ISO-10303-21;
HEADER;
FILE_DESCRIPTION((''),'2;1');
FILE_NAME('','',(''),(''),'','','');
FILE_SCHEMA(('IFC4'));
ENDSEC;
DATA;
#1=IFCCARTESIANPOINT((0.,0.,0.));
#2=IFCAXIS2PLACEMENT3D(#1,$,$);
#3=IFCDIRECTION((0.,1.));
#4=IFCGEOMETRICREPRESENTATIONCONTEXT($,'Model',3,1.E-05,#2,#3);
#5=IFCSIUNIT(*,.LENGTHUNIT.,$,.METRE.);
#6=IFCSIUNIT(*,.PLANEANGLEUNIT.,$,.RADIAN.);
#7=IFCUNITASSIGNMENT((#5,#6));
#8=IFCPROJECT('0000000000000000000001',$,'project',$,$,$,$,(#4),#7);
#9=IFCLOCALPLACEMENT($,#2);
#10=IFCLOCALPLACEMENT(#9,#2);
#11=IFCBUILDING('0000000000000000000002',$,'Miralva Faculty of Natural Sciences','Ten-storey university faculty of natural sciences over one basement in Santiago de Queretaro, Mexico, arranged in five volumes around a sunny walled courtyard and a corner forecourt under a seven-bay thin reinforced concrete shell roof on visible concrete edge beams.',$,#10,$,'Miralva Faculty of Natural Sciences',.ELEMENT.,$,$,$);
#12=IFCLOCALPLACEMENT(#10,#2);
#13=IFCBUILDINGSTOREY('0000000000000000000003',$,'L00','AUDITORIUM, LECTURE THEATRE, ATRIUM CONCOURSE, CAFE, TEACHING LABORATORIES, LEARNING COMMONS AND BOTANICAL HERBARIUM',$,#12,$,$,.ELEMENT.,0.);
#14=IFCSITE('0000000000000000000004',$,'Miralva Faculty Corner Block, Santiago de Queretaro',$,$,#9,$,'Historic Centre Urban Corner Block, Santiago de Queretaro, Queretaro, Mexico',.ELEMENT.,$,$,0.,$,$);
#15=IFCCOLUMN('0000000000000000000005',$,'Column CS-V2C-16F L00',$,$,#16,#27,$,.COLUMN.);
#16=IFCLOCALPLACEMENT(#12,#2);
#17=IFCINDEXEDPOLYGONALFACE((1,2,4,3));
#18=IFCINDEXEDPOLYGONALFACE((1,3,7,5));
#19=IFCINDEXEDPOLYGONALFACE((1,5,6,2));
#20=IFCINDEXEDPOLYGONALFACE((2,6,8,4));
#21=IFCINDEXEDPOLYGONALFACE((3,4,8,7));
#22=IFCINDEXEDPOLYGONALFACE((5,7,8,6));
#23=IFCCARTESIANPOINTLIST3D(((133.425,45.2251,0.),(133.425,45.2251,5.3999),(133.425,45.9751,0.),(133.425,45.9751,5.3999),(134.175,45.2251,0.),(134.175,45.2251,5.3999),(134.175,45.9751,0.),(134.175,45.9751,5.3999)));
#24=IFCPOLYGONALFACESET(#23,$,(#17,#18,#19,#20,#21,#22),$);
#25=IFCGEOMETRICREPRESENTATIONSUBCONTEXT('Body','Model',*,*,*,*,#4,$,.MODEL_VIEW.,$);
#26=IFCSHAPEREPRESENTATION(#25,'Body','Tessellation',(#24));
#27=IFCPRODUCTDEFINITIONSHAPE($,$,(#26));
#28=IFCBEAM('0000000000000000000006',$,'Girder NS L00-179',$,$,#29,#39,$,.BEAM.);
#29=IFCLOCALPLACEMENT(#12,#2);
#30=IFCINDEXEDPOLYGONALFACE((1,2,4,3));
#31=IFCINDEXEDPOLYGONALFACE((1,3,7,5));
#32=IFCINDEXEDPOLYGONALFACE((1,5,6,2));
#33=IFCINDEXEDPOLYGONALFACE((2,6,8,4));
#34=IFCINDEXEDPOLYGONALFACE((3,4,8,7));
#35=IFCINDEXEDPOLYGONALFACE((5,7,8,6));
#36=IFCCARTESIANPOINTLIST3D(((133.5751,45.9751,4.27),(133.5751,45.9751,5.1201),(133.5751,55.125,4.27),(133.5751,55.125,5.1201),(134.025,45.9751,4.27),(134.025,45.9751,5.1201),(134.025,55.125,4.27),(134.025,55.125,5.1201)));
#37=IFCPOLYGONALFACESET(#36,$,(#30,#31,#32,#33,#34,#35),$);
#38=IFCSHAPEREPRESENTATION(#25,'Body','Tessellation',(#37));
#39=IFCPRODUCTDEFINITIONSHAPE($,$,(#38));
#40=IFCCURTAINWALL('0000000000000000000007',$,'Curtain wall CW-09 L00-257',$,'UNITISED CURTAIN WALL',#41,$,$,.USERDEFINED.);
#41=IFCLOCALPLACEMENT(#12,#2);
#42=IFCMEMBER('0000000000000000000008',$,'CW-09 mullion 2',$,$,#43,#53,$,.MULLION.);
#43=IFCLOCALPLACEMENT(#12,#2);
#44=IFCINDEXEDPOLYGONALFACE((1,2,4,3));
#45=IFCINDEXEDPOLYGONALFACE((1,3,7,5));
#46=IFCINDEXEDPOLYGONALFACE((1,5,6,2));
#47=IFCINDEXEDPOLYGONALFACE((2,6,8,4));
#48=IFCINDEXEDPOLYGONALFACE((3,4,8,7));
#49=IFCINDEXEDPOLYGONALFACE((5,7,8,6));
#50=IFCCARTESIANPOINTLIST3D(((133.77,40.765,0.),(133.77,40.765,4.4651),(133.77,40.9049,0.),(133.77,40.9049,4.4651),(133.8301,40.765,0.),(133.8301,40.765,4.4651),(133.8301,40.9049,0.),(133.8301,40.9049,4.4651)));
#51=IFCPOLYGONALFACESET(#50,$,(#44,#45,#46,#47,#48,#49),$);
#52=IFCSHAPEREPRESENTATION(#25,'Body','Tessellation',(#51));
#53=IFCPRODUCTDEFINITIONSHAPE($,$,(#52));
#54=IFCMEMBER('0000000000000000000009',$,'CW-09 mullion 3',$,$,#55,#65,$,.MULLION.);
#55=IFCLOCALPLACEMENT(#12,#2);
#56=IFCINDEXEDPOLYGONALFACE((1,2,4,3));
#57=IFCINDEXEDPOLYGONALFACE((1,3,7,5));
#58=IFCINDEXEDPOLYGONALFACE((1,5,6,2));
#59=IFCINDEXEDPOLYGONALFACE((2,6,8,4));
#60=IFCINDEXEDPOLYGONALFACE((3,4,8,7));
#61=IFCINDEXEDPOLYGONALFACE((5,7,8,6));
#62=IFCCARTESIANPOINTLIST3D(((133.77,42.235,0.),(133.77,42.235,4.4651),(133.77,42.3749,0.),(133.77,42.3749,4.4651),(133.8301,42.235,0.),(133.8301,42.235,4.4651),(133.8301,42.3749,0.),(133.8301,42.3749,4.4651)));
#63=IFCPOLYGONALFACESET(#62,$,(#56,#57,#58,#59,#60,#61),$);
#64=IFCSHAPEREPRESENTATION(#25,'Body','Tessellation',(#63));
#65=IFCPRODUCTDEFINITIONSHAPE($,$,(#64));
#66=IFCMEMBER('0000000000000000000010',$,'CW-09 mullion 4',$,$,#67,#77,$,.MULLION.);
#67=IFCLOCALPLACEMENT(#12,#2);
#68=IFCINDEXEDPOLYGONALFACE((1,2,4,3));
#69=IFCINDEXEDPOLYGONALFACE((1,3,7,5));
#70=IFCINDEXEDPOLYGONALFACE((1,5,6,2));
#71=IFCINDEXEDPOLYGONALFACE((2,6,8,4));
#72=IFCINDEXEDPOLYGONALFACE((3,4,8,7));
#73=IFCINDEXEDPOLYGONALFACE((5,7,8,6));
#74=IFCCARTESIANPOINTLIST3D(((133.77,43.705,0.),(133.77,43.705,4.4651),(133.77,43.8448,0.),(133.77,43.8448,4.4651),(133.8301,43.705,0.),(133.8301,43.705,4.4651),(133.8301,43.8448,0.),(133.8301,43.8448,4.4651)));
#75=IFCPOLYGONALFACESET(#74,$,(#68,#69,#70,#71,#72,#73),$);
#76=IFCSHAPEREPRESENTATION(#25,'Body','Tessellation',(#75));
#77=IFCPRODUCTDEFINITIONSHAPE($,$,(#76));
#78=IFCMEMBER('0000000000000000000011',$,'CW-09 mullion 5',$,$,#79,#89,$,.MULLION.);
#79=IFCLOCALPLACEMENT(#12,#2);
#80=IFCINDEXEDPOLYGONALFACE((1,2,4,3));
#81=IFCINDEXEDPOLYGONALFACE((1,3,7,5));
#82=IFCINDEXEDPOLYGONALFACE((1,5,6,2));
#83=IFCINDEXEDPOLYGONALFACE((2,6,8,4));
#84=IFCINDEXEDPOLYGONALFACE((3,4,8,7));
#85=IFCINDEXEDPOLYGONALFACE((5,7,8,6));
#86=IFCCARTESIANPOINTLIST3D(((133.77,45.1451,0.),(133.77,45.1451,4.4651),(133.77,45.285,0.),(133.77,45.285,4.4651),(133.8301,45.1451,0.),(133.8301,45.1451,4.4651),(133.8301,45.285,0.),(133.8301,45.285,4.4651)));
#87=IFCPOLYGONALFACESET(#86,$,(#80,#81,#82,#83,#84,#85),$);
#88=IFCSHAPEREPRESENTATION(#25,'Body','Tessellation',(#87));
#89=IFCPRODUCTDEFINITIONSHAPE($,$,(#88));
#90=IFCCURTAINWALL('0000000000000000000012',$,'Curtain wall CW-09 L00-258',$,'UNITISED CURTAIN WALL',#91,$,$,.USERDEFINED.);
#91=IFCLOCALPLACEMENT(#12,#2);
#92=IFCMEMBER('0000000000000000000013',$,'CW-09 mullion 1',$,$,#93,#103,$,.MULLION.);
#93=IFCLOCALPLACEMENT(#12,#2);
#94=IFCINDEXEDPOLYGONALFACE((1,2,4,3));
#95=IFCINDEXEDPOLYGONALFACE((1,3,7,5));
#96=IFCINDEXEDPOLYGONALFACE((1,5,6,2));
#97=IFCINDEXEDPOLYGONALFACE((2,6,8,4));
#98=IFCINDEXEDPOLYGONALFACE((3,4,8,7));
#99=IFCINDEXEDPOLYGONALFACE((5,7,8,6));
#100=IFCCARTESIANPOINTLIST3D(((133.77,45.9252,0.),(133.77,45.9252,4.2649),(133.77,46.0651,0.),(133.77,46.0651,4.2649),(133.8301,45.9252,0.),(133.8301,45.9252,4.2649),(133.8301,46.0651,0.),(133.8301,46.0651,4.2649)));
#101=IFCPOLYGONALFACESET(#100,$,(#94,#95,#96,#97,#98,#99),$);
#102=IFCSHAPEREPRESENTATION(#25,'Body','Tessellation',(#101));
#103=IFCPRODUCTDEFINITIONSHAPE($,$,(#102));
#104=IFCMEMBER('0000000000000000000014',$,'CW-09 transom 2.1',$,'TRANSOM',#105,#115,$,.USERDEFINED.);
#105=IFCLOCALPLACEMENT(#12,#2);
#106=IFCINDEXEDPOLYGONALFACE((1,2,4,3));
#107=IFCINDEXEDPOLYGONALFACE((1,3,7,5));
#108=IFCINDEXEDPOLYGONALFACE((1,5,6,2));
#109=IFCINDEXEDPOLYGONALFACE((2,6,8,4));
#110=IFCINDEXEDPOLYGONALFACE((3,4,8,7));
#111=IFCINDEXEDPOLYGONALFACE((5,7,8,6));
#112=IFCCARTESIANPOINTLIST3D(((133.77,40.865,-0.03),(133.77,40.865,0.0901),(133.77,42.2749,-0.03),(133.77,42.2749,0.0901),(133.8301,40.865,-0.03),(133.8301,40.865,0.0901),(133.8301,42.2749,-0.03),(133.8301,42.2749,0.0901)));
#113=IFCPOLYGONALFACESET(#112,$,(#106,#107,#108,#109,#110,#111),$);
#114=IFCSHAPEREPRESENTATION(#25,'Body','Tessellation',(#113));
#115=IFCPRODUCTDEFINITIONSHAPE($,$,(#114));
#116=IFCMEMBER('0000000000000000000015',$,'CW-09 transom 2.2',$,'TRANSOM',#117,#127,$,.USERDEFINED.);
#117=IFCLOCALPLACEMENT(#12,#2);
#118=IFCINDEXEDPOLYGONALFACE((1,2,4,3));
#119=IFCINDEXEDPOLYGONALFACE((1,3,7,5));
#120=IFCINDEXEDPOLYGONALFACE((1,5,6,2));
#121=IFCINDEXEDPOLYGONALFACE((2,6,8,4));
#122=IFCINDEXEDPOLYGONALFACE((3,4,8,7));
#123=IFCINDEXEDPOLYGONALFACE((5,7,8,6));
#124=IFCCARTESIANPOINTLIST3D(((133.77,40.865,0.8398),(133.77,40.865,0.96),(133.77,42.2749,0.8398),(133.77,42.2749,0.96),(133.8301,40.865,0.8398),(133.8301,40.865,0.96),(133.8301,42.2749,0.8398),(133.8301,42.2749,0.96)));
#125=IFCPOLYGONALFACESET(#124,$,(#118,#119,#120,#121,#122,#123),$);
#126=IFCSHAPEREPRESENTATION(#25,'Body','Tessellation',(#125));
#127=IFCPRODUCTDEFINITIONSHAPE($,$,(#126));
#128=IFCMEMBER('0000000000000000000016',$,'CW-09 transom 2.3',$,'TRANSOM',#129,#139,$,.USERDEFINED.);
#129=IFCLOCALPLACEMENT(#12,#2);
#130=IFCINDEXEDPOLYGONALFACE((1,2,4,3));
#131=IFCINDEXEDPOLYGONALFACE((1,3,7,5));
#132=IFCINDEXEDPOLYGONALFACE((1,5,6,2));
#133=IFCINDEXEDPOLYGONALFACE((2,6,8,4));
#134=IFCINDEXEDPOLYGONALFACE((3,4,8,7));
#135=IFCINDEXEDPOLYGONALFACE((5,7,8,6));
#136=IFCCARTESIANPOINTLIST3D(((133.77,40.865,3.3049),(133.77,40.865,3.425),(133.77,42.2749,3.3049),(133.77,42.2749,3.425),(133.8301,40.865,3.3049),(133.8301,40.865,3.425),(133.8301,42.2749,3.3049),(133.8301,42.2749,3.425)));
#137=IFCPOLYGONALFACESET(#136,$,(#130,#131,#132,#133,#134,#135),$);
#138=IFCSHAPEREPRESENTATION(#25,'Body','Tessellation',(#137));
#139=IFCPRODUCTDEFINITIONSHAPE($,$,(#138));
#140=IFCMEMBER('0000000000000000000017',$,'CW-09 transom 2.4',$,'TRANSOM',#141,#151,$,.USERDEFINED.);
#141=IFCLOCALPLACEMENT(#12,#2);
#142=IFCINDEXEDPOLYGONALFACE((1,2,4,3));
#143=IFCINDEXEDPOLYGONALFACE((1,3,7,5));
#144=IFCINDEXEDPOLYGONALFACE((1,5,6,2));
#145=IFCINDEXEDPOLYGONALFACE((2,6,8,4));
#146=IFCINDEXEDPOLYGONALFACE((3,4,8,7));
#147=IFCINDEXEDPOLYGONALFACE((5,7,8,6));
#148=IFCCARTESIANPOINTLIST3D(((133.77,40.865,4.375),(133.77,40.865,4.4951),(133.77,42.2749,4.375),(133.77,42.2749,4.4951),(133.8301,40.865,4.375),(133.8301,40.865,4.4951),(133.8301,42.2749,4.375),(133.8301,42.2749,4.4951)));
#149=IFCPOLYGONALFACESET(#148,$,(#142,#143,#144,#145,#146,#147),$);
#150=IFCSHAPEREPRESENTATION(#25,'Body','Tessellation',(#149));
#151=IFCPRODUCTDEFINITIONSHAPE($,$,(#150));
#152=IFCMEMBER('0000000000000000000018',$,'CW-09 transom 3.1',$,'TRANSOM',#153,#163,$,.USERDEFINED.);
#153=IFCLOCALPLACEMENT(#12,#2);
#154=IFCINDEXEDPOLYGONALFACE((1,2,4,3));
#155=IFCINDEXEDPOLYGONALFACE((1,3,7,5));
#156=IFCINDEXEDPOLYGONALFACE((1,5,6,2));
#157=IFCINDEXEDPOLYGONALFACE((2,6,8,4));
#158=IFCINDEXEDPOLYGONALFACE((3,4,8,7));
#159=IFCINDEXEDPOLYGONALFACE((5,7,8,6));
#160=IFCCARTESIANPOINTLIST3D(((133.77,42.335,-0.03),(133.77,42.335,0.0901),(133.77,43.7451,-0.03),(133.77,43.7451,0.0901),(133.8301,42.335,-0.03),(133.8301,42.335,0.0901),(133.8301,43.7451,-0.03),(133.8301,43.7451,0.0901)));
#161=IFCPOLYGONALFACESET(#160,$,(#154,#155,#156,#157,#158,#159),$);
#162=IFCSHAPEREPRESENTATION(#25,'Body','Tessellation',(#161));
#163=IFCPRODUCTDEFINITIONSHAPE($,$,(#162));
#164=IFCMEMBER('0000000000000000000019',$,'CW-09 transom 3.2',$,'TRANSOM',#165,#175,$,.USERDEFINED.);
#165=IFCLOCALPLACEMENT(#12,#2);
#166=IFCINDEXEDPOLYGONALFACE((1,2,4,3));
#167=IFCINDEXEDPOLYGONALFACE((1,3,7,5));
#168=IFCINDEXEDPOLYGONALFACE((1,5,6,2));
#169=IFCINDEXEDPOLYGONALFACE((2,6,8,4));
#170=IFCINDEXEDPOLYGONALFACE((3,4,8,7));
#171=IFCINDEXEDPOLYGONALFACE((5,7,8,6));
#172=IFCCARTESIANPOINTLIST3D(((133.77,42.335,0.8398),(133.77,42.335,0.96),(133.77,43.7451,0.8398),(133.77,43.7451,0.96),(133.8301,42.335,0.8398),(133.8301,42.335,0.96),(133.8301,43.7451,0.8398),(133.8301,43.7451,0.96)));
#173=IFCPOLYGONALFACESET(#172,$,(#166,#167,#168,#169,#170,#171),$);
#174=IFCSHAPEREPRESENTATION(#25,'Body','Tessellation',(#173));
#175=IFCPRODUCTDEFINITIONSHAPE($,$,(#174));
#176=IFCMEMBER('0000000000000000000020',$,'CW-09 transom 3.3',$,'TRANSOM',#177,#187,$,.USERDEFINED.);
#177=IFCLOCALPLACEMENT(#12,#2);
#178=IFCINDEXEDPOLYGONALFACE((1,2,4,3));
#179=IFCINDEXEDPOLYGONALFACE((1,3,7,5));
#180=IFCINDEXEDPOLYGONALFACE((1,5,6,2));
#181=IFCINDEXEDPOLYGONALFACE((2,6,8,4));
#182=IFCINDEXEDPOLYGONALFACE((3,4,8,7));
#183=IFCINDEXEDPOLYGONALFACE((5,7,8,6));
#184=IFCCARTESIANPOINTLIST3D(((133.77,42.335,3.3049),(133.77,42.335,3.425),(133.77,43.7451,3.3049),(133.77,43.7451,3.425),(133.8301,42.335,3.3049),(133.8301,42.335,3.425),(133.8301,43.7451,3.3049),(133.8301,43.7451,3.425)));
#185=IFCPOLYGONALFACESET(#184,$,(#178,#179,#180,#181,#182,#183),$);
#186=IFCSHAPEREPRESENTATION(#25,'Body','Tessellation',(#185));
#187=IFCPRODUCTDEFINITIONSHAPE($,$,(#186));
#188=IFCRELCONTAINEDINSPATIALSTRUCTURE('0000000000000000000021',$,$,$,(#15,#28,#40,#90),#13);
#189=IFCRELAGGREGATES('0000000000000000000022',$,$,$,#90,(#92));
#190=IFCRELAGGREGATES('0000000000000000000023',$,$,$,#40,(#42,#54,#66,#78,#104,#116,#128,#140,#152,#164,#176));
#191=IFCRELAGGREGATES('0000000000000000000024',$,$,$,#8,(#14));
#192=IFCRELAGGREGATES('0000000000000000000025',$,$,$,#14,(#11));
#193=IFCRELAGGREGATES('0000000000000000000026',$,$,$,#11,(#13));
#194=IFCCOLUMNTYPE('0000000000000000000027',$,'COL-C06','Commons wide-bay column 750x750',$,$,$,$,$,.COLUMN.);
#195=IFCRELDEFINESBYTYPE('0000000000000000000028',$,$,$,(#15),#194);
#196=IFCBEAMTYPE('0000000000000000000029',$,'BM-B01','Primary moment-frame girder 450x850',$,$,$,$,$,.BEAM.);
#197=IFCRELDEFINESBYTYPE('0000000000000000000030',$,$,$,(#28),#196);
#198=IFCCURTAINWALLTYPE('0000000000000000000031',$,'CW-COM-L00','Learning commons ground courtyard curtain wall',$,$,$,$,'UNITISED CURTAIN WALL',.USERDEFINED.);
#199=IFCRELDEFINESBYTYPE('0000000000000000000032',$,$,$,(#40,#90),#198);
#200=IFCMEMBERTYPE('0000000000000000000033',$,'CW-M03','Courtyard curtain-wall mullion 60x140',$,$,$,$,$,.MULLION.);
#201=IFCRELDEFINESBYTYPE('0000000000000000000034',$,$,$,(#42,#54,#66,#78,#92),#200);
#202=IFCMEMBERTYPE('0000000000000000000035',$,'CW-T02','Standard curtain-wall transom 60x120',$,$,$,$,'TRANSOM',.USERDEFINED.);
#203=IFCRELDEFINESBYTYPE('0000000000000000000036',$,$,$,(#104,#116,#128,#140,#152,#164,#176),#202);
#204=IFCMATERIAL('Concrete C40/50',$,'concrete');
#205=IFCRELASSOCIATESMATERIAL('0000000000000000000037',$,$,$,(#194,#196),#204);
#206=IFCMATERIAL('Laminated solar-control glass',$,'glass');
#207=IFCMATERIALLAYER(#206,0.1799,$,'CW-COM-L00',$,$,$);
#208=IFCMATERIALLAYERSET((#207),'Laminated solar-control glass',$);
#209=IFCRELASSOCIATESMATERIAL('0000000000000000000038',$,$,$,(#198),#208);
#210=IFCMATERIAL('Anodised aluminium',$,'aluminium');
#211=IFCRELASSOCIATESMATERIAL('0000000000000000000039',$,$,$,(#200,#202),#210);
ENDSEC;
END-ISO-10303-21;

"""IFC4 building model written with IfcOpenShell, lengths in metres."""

from ifc_helpers import new_model, si_unit, direction, frame, origin, origin_2d, place, context, subcontext, project, spatial, rectangle, extrude, material, layer, layer_set, material_profile, profile_set, type_object, element, aggregate, save


model = new_model("IFC4")

# Units and contexts
model_context = context("Model", 3, precision=1e-05, world=origin(), true_north=direction((0.0, 1.0)))
body_context = subcontext(model_context, "Body", "Model", "MODEL_VIEW")
ifc_project = project(units=[si_unit("LENGTHUNIT", "METRE"), si_unit("PLANEANGLEUNIT", "RADIAN")], contexts=[model_context])

# Site, building, storey
site_placement = place(None, origin())
site = spatial("IfcSite", under=ifc_project, at=site_placement, Name="Miralva Faculty Corner Block, Santiago de Queretaro", LongName="Historic Centre Urban Corner Block, Santiago de Queretaro, Queretaro, Mexico", CompositionType="ELEMENT", RefElevation=0.0)
building_placement = place(site_placement, origin())
building = spatial("IfcBuilding", under=site, at=building_placement, Name="Miralva Faculty of Natural Sciences", Description="Ten-storey university faculty of natural sciences over one basement in Santiago de Queretaro, Mexico, arranged in five volumes around a sunny walled courtyard and a corner forecourt under a seven-bay thin reinforced concrete shell roof on visible concrete edge beams.", LongName="Miralva Faculty of Natural Sciences", CompositionType="ELEMENT")
storey_placement = place(building_placement, origin())
storey = spatial("IfcBuildingStorey", under=building, at=storey_placement, Name="L00", Description="AUDITORIUM, LECTURE THEATRE, ATRIUM CONCOURSE, CAFE, TEACHING LABORATORIES, LEARNING COMMONS AND BOTANICAL HERBARIUM", CompositionType="ELEMENT", Elevation=0.0)

# Column
ifc_material_1 = material(Name="Concrete C40/50", Category="concrete")
ifc_material_profile_1 = material_profile(ifc_material_1, rectangle(XDim=0.75, YDim=0.75, at=origin_2d()), Name="RC 750x750")
ifc_profile_set_1 = profile_set([ifc_material_profile_1], Name="Concrete C40/50")
column_type = type_object("IfcColumnType", Name="COL-C06", Description="Commons wide-bay column 750x750", PredefinedType="COLUMN", material=ifc_profile_set_1)
column_placement = place(storey_placement, frame((133.8, 45.6001, 0.0), z_axis=(0.0, 0.0, 1.0), x_axis=(1.0, 0.0, 0.0)))
element("IfcColumn", 1, at=column_placement, inside=storey, type_object=column_type, Name="Column CS-V2C-16F L00", PredefinedType="COLUMN", context=body_context, shape_type="SweptSolid", body=[
    extrude(rectangle(XDim=0.75, YDim=0.75, at=origin_2d()), origin(), (0.0, 0.0, 1.0), 5.3999),
])

# Beam
ifc_material_profile_2 = material_profile(ifc_material_1, rectangle(XDim=0.45, YDim=0.8501, at=origin_2d()), Name="RC 450x850")
ifc_profile_set_2 = profile_set([ifc_material_profile_2], Name="Concrete C40/50")
beam_type = type_object("IfcBeamType", Name="BM-B01", Description="Primary moment-frame girder 450x850", PredefinedType="BEAM", material=ifc_profile_set_2)
beam_placement = place(storey_placement, frame((133.8, 45.9751, 4.6951), z_axis=(0.0, 1.0, 0.0), x_axis=(-1.0, 0.0, 0.0)))
element("IfcBeam", 2, at=beam_placement, inside=storey, type_object=beam_type, Name="Girder NS L00-179", PredefinedType="BEAM", context=body_context, shape_type="SweptSolid", body=[
    extrude(rectangle(XDim=0.45, YDim=0.8501, at=origin_2d()), origin(), (0.0, 0.0, 1.0), 9.1499),
])

# Curtain wall, members
ifc_material_2 = material(Name="Laminated solar-control glass", Category="glass")
ifc_layer_1 = layer(ifc_material_2, 0.1799, Name="CW-COM-L00")
ifc_layer_set_1 = layer_set([ifc_layer_1], Name="Laminated solar-control glass")
curtain_wall_type = type_object("IfcCurtainWallType", Name="CW-COM-L00", Description="Learning commons ground courtyard curtain wall", ElementType="UNITISED CURTAIN WALL", PredefinedType="USERDEFINED", material=ifc_layer_set_1)
curtain_wall_1_placement = place(storey_placement, origin())
curtain_wall_1 = element("IfcCurtainWall", 3, at=curtain_wall_1_placement, inside=storey, type_object=curtain_wall_type, Name="Curtain wall CW-09 L00-257", ObjectType="UNITISED CURTAIN WALL", PredefinedType="USERDEFINED")
ifc_material_3 = material(Name="Anodised aluminium", Category="aluminium")
ifc_material_profile_3 = material_profile(ifc_material_3, rectangle(XDim=0.0601, YDim=0.1399, at=origin_2d()), Name="MULLION 60x140")
ifc_profile_set_3 = profile_set([ifc_material_profile_3], Name="Anodised aluminium")
member_type_1 = type_object("IfcMemberType", Name="CW-M03", Description="Courtyard curtain-wall mullion 60x140", PredefinedType="MULLION", material=ifc_profile_set_3)
member_1_placement = place(storey_placement, frame((133.8, 40.835, 0.0), z_axis=(0.0, 0.0, 1.0), x_axis=(-1.0, 0.0, 0.0)))
member_1 = element("IfcMember", 4, at=member_1_placement, type_object=member_type_1, Name="CW-09 mullion 2", PredefinedType="MULLION", context=body_context, shape_type="SweptSolid", body=[
    extrude(rectangle(XDim=0.0601, YDim=0.1399, at=origin_2d()), origin(), (0.0, 0.0, 1.0), 4.4651),
])
member_2_placement = place(storey_placement, frame((133.8, 42.3049, 0.0), z_axis=(0.0, 0.0, 1.0), x_axis=(-1.0, 0.0, 0.0)))
member_2 = element("IfcMember", 5, at=member_2_placement, type_object=member_type_1, Name="CW-09 mullion 3", PredefinedType="MULLION", context=body_context, shape_type="SweptSolid", body=[
    extrude(rectangle(XDim=0.0601, YDim=0.1399, at=origin_2d()), origin(), (0.0, 0.0, 1.0), 4.4651),
])
member_3_placement = place(storey_placement, frame((133.8, 43.7749, 0.0), z_axis=(0.0, 0.0, 1.0), x_axis=(-1.0, 0.0, 0.0)))
member_3 = element("IfcMember", 6, at=member_3_placement, type_object=member_type_1, Name="CW-09 mullion 4", PredefinedType="MULLION", context=body_context, shape_type="SweptSolid", body=[
    extrude(rectangle(XDim=0.0601, YDim=0.1399, at=origin_2d()), origin(), (0.0, 0.0, 1.0), 4.4651),
])
member_4_placement = place(storey_placement, frame((133.8, 45.2151, 0.0), z_axis=(0.0, 0.0, 1.0), x_axis=(-1.0, 0.0, 0.0)))
member_4 = element("IfcMember", 7, at=member_4_placement, type_object=member_type_1, Name="CW-09 mullion 5", PredefinedType="MULLION", context=body_context, shape_type="SweptSolid", body=[
    extrude(rectangle(XDim=0.0601, YDim=0.1399, at=origin_2d()), origin(), (0.0, 0.0, 1.0), 4.4651),
])

# Curtain wall, member
curtain_wall_2_placement = place(storey_placement, origin())
curtain_wall_2 = element("IfcCurtainWall", 8, at=curtain_wall_2_placement, inside=storey, type_object=curtain_wall_type, Name="Curtain wall CW-09 L00-258", ObjectType="UNITISED CURTAIN WALL", PredefinedType="USERDEFINED")
member_5_placement = place(storey_placement, frame((133.8, 45.9951, 0.0), z_axis=(0.0, 0.0, 1.0), x_axis=(-1.0, 0.0, 0.0)))
member_5 = element("IfcMember", 9, at=member_5_placement, type_object=member_type_1, Name="CW-09 mullion 1", PredefinedType="MULLION", context=body_context, shape_type="SweptSolid", body=[
    extrude(rectangle(XDim=0.0601, YDim=0.1399, at=origin_2d()), origin(), (0.0, 0.0, 1.0), 4.2649),
])
aggregate(curtain_wall_2, [member_5])

# Members
ifc_material_profile_4 = material_profile(ifc_material_3, rectangle(XDim=0.0601, YDim=0.1201, at=origin_2d()), Name="TRANSOM 60x120")
ifc_profile_set_4 = profile_set([ifc_material_profile_4], Name="Anodised aluminium")
member_type_2 = type_object("IfcMemberType", Name="CW-T02", Description="Standard curtain-wall transom 60x120", ElementType="TRANSOM", PredefinedType="USERDEFINED", material=ifc_profile_set_4)
member_6_placement = place(storey_placement, frame((133.8, 40.865, 0.03), z_axis=(0.0, 1.0, 0.0), x_axis=(-1.0, 0.0, 0.0)))
member_6 = element("IfcMember", 10, at=member_6_placement, type_object=member_type_2, Name="CW-09 transom 2.1", ObjectType="TRANSOM", PredefinedType="USERDEFINED", context=body_context, shape_type="SweptSolid", body=[
    extrude(rectangle(XDim=0.0601, YDim=0.1201, at=origin_2d()), origin(), (0.0, 0.0, 1.0), 1.4099),
])
member_7_placement = place(storey_placement, frame((133.8, 40.865, 0.8999), z_axis=(0.0, 1.0, 0.0), x_axis=(-1.0, 0.0, 0.0)))
member_7 = element("IfcMember", 11, at=member_7_placement, type_object=member_type_2, Name="CW-09 transom 2.2", ObjectType="TRANSOM", PredefinedType="USERDEFINED", context=body_context, shape_type="SweptSolid", body=[
    extrude(rectangle(XDim=0.0601, YDim=0.1201, at=origin_2d()), origin(), (0.0, 0.0, 1.0), 1.4099),
])
member_8_placement = place(storey_placement, frame((133.8, 40.865, 3.365), z_axis=(0.0, 1.0, 0.0), x_axis=(-1.0, 0.0, 0.0)))
member_8 = element("IfcMember", 12, at=member_8_placement, type_object=member_type_2, Name="CW-09 transom 2.3", ObjectType="TRANSOM", PredefinedType="USERDEFINED", context=body_context, shape_type="SweptSolid", body=[
    extrude(rectangle(XDim=0.0601, YDim=0.1201, at=origin_2d()), origin(), (0.0, 0.0, 1.0), 1.4099),
])
member_9_placement = place(storey_placement, frame((133.8, 40.865, 4.4351), z_axis=(0.0, 1.0, 0.0), x_axis=(-1.0, 0.0, 0.0)))
member_9 = element("IfcMember", 13, at=member_9_placement, type_object=member_type_2, Name="CW-09 transom 2.4", ObjectType="TRANSOM", PredefinedType="USERDEFINED", context=body_context, shape_type="SweptSolid", body=[
    extrude(rectangle(XDim=0.0601, YDim=0.1201, at=origin_2d()), origin(), (0.0, 0.0, 1.0), 1.4099),
])
member_10_placement = place(storey_placement, frame((133.8, 42.335, 0.03), z_axis=(0.0, 1.0, 0.0), x_axis=(-1.0, 0.0, 0.0)))
member_10 = element("IfcMember", 14, at=member_10_placement, type_object=member_type_2, Name="CW-09 transom 3.1", ObjectType="TRANSOM", PredefinedType="USERDEFINED", context=body_context, shape_type="SweptSolid", body=[
    extrude(rectangle(XDim=0.0601, YDim=0.1201, at=origin_2d()), origin(), (0.0, 0.0, 1.0), 1.4102),
])
member_11_placement = place(storey_placement, frame((133.8, 42.335, 0.8999), z_axis=(0.0, 1.0, 0.0), x_axis=(-1.0, 0.0, 0.0)))
member_11 = element("IfcMember", 15, at=member_11_placement, type_object=member_type_2, Name="CW-09 transom 3.2", ObjectType="TRANSOM", PredefinedType="USERDEFINED", context=body_context, shape_type="SweptSolid", body=[
    extrude(rectangle(XDim=0.0601, YDim=0.1201, at=origin_2d()), origin(), (0.0, 0.0, 1.0), 1.4102),
])
member_12_placement = place(storey_placement, frame((133.8, 42.335, 3.365), z_axis=(0.0, 1.0, 0.0), x_axis=(-1.0, 0.0, 0.0)))
member_12 = element("IfcMember", 16, at=member_12_placement, type_object=member_type_2, Name="CW-09 transom 3.3", ObjectType="TRANSOM", PredefinedType="USERDEFINED", context=body_context, shape_type="SweptSolid", body=[
    extrude(rectangle(XDim=0.0601, YDim=0.1201, at=origin_2d()), origin(), (0.0, 0.0, 1.0), 1.4102),
])

aggregate(curtain_wall_1, [member_1, member_2, member_3, member_4, member_6, member_7, member_8, member_9, member_10, member_11, member_12])

save(model, "model.ifc")
